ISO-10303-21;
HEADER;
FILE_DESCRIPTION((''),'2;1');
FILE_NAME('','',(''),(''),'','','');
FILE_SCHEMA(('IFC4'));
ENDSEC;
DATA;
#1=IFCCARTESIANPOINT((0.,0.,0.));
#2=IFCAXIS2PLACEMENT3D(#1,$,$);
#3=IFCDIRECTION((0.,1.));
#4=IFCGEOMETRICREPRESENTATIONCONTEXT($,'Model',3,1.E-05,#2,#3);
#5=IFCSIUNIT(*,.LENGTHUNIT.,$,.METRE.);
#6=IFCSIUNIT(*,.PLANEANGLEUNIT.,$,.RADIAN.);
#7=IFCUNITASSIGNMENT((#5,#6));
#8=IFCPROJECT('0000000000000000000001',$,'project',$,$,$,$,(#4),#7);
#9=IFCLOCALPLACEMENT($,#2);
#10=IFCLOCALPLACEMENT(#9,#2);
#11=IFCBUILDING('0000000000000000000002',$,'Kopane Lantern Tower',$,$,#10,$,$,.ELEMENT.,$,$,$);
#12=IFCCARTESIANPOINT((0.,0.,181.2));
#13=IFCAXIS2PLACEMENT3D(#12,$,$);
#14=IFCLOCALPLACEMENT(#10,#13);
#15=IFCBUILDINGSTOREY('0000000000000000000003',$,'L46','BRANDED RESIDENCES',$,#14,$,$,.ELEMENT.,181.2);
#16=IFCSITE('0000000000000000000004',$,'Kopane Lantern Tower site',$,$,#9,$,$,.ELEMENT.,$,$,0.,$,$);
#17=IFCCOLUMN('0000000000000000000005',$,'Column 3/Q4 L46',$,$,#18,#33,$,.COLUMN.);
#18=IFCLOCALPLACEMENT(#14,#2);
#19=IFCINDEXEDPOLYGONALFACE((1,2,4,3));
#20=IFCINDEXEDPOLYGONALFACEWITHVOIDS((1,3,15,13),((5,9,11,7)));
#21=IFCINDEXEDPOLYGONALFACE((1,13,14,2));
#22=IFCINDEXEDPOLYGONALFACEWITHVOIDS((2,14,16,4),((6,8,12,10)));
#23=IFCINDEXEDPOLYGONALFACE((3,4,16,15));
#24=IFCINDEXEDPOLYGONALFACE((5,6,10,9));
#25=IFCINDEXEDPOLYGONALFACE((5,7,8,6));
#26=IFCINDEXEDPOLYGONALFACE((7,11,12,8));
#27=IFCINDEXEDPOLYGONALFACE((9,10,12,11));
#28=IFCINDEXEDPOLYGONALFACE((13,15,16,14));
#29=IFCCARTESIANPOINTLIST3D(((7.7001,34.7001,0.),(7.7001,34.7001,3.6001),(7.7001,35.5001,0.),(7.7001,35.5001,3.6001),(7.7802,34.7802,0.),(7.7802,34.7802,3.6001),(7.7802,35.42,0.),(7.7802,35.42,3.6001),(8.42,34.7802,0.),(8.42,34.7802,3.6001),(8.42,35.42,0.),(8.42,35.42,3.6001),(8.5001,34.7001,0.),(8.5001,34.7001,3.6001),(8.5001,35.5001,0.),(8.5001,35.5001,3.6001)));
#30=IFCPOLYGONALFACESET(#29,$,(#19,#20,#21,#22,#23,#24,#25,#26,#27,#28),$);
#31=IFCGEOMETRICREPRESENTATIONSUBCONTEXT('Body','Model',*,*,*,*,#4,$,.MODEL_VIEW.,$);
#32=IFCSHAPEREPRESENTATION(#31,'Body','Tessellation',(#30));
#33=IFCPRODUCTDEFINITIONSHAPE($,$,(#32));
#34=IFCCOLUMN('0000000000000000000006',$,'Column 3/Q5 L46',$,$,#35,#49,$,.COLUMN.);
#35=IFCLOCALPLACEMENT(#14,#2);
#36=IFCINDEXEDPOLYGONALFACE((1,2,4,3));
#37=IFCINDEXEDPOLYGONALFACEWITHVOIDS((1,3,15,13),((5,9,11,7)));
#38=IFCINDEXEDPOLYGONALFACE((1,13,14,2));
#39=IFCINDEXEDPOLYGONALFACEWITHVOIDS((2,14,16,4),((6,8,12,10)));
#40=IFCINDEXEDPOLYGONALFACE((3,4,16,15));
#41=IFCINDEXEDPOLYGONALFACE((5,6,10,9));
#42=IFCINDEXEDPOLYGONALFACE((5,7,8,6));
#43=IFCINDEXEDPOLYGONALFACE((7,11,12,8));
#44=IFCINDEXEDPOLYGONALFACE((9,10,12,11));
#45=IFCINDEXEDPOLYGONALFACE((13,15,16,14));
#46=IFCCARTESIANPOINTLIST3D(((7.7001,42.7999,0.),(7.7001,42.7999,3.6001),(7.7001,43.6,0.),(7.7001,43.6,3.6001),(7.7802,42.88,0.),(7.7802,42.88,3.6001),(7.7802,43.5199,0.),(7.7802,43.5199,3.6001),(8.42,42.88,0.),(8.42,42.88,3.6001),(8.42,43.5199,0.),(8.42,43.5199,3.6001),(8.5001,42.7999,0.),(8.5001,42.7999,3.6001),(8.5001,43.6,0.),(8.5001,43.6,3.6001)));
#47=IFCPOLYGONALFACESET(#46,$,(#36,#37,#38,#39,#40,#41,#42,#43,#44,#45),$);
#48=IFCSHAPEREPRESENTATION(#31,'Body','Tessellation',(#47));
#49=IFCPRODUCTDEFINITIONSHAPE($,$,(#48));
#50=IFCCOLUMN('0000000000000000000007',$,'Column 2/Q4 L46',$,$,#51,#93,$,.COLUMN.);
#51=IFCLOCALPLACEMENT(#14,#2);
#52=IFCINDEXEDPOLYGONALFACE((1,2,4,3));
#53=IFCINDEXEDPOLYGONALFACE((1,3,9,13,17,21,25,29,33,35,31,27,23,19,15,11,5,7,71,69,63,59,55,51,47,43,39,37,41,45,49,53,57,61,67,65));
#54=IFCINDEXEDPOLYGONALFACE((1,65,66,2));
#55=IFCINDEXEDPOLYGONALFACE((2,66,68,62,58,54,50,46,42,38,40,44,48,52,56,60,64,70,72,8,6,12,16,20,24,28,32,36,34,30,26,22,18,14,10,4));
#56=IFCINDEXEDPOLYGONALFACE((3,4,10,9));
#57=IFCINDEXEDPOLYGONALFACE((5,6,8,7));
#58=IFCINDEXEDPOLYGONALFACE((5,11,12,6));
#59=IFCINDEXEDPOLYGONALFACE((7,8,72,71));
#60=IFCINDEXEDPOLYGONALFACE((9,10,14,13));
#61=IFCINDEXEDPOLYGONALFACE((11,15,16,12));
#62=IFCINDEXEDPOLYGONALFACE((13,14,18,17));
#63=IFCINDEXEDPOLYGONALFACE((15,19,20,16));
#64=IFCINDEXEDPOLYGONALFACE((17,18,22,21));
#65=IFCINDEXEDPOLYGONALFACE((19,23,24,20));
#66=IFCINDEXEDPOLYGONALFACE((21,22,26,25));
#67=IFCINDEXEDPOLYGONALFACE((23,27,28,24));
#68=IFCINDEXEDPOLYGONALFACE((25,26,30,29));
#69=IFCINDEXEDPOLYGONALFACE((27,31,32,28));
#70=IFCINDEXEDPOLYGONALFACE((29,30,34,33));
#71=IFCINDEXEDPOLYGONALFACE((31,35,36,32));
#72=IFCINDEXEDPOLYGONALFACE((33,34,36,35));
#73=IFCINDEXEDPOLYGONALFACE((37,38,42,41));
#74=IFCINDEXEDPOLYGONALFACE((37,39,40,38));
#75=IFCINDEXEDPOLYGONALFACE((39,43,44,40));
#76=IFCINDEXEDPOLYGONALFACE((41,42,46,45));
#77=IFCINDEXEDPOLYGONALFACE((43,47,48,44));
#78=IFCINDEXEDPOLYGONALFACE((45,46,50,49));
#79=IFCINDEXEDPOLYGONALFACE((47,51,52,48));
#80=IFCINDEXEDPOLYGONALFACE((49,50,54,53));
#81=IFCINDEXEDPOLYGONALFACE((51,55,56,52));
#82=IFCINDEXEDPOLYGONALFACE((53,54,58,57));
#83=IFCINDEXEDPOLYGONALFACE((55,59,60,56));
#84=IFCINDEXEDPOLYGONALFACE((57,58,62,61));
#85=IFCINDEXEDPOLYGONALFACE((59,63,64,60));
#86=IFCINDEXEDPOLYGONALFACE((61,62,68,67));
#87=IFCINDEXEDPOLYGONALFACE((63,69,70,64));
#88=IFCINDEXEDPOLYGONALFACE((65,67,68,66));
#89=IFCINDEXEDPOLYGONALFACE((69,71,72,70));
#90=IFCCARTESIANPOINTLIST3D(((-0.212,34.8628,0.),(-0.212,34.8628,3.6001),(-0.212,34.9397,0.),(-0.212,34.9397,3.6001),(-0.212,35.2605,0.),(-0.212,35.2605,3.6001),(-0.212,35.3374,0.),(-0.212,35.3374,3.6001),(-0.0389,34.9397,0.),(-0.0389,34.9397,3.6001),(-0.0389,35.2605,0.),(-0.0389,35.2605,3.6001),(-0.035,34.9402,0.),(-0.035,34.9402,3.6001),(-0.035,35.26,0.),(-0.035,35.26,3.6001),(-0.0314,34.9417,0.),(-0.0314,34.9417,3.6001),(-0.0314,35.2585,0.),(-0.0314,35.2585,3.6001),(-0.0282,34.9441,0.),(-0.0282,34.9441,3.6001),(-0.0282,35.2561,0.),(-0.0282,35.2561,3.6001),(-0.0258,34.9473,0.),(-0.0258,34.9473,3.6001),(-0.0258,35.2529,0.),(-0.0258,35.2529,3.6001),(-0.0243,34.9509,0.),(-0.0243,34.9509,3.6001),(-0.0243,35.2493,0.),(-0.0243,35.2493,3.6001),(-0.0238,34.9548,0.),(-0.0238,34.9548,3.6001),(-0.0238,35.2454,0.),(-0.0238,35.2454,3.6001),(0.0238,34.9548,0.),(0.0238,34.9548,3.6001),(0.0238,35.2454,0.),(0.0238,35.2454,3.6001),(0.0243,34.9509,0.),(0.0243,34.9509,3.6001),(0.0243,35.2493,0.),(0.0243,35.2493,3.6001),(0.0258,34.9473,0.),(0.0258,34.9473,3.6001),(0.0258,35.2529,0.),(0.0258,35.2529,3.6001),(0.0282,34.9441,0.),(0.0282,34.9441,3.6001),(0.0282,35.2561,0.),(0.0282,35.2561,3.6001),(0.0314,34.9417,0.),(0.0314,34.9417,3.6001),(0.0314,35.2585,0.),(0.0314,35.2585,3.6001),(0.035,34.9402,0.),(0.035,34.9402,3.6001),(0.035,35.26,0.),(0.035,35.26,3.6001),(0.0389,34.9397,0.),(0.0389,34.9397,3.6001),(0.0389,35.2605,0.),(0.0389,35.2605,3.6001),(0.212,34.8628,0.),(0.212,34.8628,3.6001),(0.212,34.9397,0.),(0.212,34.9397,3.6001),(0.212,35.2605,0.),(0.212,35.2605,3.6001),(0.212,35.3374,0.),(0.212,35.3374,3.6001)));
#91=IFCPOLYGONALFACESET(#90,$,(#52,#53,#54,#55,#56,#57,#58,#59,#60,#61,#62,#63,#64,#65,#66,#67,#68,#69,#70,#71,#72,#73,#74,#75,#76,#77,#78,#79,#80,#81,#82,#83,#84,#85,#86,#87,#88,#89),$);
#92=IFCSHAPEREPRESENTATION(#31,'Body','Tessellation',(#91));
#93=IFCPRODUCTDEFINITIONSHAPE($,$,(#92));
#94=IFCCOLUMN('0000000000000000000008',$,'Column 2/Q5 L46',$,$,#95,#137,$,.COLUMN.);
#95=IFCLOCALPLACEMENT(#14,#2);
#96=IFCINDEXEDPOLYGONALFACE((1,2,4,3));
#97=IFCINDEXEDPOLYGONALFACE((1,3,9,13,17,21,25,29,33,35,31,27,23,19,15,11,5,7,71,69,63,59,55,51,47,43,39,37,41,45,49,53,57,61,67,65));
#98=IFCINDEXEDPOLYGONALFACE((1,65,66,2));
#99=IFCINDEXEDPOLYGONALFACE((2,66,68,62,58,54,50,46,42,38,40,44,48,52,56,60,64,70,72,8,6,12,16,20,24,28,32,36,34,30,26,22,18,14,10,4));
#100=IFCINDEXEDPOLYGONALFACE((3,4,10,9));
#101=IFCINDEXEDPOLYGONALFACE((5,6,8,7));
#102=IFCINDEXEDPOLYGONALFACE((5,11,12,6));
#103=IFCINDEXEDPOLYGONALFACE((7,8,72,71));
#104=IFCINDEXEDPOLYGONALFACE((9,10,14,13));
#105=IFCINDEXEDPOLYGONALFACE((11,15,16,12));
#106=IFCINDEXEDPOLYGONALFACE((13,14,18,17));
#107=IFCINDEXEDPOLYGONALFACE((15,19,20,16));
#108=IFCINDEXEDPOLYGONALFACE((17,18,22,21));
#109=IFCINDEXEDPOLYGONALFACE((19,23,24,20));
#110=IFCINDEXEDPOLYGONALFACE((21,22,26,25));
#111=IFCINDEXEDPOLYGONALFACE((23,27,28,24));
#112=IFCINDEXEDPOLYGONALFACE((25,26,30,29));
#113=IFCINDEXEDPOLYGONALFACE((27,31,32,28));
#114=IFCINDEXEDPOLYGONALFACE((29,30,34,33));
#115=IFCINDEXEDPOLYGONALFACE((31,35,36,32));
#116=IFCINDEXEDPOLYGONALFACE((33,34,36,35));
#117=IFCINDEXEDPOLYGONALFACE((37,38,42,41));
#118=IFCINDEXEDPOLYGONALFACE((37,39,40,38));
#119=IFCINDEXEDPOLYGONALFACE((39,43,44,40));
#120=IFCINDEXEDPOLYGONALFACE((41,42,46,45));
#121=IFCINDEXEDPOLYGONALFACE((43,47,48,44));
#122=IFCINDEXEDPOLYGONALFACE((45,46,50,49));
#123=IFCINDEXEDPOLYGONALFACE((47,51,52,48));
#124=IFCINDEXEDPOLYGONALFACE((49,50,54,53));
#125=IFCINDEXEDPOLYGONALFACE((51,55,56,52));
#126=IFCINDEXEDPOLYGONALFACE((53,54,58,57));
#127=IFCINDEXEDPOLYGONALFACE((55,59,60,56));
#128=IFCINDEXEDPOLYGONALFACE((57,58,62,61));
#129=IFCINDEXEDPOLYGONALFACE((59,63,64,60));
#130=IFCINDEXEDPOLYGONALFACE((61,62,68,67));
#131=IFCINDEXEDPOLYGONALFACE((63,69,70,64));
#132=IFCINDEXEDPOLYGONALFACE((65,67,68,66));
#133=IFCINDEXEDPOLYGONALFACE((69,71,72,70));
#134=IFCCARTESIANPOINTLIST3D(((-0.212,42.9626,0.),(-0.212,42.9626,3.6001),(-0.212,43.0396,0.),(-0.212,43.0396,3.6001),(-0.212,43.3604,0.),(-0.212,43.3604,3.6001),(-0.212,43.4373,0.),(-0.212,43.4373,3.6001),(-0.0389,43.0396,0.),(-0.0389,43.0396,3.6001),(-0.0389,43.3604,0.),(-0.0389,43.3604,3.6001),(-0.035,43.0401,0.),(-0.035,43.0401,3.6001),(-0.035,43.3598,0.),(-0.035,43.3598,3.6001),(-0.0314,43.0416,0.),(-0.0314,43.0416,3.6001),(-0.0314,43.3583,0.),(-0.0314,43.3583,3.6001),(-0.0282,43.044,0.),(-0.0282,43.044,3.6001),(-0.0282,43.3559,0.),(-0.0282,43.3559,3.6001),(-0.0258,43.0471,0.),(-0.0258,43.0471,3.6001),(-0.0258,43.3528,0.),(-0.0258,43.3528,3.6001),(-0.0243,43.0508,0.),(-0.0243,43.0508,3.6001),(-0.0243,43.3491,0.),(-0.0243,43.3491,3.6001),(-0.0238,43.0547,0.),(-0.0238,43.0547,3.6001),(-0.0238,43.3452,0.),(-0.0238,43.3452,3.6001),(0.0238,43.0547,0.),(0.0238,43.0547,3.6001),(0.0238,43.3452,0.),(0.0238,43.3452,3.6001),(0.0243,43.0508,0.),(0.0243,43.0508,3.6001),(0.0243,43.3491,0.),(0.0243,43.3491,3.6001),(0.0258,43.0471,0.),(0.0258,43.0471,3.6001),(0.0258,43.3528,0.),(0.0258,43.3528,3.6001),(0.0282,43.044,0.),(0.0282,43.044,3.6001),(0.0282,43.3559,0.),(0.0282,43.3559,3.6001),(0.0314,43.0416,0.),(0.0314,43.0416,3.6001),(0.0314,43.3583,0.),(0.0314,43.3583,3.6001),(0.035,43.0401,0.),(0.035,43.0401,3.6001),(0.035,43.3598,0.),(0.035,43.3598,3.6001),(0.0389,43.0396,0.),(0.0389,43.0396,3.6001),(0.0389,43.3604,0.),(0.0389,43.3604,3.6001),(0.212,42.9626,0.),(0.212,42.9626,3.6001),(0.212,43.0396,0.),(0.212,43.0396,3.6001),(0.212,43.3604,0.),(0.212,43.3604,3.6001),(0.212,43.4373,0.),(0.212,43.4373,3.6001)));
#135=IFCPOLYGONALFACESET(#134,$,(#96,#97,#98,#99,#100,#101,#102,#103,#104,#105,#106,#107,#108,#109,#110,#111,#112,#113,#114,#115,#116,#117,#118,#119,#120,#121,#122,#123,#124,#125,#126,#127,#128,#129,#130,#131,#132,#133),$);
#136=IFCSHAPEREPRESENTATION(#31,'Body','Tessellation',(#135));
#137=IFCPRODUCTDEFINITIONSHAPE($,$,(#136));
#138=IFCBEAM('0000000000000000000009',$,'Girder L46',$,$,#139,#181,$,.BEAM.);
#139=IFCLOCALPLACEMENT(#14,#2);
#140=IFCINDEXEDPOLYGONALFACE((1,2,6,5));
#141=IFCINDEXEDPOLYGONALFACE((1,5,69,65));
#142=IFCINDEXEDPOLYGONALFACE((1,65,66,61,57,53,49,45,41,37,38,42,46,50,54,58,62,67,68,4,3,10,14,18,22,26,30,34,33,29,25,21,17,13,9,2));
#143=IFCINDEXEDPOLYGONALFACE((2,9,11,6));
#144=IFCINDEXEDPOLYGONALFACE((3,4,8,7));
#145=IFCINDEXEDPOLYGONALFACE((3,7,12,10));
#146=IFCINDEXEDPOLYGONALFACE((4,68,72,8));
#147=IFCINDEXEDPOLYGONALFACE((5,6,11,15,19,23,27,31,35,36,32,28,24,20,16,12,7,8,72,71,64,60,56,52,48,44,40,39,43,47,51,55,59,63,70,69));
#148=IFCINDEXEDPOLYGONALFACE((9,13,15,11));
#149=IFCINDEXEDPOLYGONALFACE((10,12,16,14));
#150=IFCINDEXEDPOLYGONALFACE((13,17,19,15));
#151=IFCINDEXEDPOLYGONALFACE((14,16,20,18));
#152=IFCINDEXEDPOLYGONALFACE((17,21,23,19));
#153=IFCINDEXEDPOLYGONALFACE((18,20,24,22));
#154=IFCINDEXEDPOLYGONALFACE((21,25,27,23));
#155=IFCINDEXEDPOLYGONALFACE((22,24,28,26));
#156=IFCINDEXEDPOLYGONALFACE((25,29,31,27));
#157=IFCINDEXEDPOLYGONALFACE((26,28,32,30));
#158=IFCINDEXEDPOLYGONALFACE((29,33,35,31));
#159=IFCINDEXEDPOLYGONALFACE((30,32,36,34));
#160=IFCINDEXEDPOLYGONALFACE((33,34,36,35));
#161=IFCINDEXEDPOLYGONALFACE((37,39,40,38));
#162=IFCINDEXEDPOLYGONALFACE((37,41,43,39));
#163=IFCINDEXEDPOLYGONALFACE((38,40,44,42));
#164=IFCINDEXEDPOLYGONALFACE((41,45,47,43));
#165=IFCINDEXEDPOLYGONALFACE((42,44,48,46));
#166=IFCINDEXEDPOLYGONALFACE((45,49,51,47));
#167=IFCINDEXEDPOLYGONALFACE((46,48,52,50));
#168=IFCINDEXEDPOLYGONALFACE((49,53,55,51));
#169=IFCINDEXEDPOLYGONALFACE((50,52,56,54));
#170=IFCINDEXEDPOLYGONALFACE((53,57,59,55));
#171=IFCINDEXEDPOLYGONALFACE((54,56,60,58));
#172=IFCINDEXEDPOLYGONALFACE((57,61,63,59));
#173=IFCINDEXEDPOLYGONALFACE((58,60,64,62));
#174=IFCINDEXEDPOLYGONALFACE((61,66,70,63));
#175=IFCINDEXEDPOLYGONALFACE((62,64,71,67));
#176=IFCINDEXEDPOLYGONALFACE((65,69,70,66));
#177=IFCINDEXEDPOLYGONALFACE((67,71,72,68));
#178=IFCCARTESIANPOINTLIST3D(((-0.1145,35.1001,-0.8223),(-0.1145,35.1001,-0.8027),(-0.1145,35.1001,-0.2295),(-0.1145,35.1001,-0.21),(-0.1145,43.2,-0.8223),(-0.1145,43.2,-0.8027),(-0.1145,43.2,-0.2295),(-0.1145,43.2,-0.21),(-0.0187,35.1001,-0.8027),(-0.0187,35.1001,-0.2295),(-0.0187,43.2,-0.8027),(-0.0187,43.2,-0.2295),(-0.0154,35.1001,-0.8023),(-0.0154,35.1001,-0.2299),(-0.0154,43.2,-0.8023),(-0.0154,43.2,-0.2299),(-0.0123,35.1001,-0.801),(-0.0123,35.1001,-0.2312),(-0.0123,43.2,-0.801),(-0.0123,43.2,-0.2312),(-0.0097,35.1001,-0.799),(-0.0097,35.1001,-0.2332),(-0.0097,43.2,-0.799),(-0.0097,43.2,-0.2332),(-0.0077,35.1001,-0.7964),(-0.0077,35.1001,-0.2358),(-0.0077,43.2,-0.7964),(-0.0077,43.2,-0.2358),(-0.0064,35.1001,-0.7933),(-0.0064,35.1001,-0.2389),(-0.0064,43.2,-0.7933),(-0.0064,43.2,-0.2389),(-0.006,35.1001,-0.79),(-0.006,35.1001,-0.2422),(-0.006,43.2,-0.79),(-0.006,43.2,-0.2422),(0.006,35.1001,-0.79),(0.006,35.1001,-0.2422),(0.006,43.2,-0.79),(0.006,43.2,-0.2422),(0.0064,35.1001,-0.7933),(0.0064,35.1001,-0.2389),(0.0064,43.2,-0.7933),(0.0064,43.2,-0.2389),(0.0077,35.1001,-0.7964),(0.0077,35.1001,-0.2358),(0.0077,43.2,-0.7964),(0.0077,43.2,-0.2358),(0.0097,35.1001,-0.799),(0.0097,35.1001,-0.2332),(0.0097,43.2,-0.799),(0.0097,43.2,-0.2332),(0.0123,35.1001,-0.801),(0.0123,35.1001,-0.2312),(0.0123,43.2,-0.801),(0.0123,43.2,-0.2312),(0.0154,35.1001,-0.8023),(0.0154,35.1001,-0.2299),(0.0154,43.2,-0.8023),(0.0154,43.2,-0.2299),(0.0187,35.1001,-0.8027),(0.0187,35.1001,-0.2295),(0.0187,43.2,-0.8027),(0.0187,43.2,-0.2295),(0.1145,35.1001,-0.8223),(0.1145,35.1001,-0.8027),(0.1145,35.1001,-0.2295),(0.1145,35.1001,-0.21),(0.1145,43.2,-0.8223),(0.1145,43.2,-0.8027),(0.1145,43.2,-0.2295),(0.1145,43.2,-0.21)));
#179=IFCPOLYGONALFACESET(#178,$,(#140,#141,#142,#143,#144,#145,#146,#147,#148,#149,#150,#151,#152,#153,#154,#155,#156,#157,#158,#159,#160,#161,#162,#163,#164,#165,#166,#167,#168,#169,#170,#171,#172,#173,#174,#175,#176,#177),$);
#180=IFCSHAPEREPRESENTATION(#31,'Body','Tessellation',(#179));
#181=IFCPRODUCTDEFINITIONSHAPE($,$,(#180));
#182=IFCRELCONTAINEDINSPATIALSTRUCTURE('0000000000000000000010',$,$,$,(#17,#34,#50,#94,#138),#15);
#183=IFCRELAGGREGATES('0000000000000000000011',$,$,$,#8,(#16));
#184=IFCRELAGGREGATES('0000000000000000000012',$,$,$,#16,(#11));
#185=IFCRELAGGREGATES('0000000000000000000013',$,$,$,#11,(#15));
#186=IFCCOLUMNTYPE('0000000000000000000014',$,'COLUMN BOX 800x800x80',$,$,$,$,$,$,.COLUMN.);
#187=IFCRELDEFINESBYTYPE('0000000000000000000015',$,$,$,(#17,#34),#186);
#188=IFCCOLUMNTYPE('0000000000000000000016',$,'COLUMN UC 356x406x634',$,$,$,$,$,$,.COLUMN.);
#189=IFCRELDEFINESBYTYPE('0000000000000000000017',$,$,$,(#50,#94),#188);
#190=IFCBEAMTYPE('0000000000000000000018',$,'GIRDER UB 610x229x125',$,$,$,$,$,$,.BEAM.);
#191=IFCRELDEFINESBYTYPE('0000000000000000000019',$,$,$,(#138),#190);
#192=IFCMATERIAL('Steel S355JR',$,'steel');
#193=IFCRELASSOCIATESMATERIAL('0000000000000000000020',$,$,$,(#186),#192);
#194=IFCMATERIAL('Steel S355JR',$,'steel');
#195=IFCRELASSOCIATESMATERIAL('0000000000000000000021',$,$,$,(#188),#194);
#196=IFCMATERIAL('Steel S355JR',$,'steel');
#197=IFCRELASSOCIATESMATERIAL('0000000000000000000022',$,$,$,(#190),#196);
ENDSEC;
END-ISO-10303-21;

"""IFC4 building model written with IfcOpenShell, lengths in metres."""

from ifc_helpers import new_model, si_unit, direction, frame, origin, origin_2d, place, context, subcontext, project, spatial, hollow_rectangle, i_section, extrude, material, material_profile, profile_set, type_object, element, save


model = new_model("IFC4")

# Units and contexts
model_context = context("Model", 3, precision=1e-05, world=origin(), true_north=direction((0.0, 1.0)))
body_context = subcontext(model_context, "Body", "Model", "MODEL_VIEW")
ifc_project = project(units=[si_unit("LENGTHUNIT", "METRE"), si_unit("PLANEANGLEUNIT", "RADIAN")], contexts=[model_context])

# Site, building, storey
site_placement = place(None, origin())
site = spatial("IfcSite", under=ifc_project, at=site_placement, Name="Kopane Lantern Tower site", CompositionType="ELEMENT", RefElevation=0.0)
building_placement = place(site_placement, origin())
building = spatial("IfcBuilding", under=site, at=building_placement, Name="Kopane Lantern Tower", CompositionType="ELEMENT")
storey_placement = place(building_placement, frame((0.0, 0.0, 181.2)))
storey = spatial("IfcBuildingStorey", under=building, at=storey_placement, Name="L46", Description="BRANDED RESIDENCES", CompositionType="ELEMENT", Elevation=181.2)

# Columns
ifc_material_1 = material(Name="Steel S355JR", Category="steel")
ifc_material_profile_1 = material_profile(ifc_material_1, hollow_rectangle(XDim=0.8, YDim=0.8, WallThickness=0.0801, at=origin_2d()), Name="BOX 800x800x80")
ifc_profile_set_1 = profile_set([ifc_material_profile_1], Name="Steel S355JR")
column_type_1 = type_object("IfcColumnType", Name="COLUMN BOX 800x800x80", PredefinedType="COLUMN", material=ifc_profile_set_1)
for number, where, z_axis, x_axis, name in (
    (1, (8.1001, 35.1001, 0.0), (0.0, 0.0, 1.0), (1.0, 0.0, 0.0), "Column 3/Q4 L46"),
    (2, (8.1001, 43.2, 0.0), (0.0, 0.0, 1.0), (1.0, 0.0, 0.0), "Column 3/Q5 L46"),
):
    element("IfcColumn", number, at=place(storey_placement, frame(where, z_axis=z_axis, x_axis=x_axis)), inside=storey, type_object=column_type_1, Name=name, PredefinedType="COLUMN", context=body_context, shape_type="SweptSolid", body=[
        extrude(hollow_rectangle(XDim=0.8, YDim=0.8, WallThickness=0.0801, at=origin_2d()), origin(), (0.0, 0.0, 1.0), 3.6001),
    ])
ifc_material_2 = material(Name="Steel S355JR", Category="steel")
ifc_material_profile_2 = material_profile(ifc_material_2, i_section(OverallWidth=0.4241, OverallDepth=0.4746, WebThickness=0.0476, FlangeThickness=0.0769, FilletRadius=0.0151, at=origin_2d()), Name="UC 356x406x634")
ifc_profile_set_2 = profile_set([ifc_material_profile_2], Name="Steel S355JR")
column_type_2 = type_object("IfcColumnType", Name="COLUMN UC 356x406x634", PredefinedType="COLUMN", material=ifc_profile_set_2)
for number, where, z_axis, x_axis, name in (
    (3, (0.0, 35.1001, 0.0), (0.0, 0.0, 1.0), (1.0, 0.0, 0.0), "Column 2/Q4 L46"),
    (4, (0.0, 43.2, 0.0), (0.0, 0.0, 1.0), (1.0, 0.0, 0.0), "Column 2/Q5 L46"),
):
    element("IfcColumn", number, at=place(storey_placement, frame(where, z_axis=z_axis, x_axis=x_axis)), inside=storey, type_object=column_type_2, Name=name, PredefinedType="COLUMN", context=body_context, shape_type="SweptSolid", body=[
        extrude(i_section(OverallWidth=0.4241, OverallDepth=0.4746, WebThickness=0.0476, FlangeThickness=0.0769, FilletRadius=0.0151, at=origin_2d()), origin(), (0.0, 0.0, 1.0), 3.6001),
    ])

# Beam
ifc_material_3 = material(Name="Steel S355JR", Category="steel")
ifc_material_profile_3 = material_profile(ifc_material_3, i_section(OverallWidth=0.229, OverallDepth=0.6123, WebThickness=0.012, FlangeThickness=0.0195, FilletRadius=0.0127, at=origin_2d()), Name="UB 610x229x125")
ifc_profile_set_3 = profile_set([ifc_material_profile_3], Name="Steel S355JR")
beam_type = type_object("IfcBeamType", Name="GIRDER UB 610x229x125", PredefinedType="BEAM", material=ifc_profile_set_3)
beam_1_placement = place(storey_placement, frame((0.0, 35.1001, -0.5161), z_axis=(0.0, 1.0, 0.0), x_axis=(-1.0, 0.0, 0.0)))
element("IfcBeam", 5, at=beam_1_placement, inside=storey, type_object=beam_type, Name="Girder L46", PredefinedType="BEAM", context=body_context, shape_type="SweptSolid", body=[
    extrude(i_section(OverallWidth=0.229, OverallDepth=0.6123, WebThickness=0.012, FlangeThickness=0.0195, FilletRadius=0.0127, at=origin_2d()), origin(), (0.0, 0.0, 1.0), 8.0999),
])

save(model, "model.ifc")
